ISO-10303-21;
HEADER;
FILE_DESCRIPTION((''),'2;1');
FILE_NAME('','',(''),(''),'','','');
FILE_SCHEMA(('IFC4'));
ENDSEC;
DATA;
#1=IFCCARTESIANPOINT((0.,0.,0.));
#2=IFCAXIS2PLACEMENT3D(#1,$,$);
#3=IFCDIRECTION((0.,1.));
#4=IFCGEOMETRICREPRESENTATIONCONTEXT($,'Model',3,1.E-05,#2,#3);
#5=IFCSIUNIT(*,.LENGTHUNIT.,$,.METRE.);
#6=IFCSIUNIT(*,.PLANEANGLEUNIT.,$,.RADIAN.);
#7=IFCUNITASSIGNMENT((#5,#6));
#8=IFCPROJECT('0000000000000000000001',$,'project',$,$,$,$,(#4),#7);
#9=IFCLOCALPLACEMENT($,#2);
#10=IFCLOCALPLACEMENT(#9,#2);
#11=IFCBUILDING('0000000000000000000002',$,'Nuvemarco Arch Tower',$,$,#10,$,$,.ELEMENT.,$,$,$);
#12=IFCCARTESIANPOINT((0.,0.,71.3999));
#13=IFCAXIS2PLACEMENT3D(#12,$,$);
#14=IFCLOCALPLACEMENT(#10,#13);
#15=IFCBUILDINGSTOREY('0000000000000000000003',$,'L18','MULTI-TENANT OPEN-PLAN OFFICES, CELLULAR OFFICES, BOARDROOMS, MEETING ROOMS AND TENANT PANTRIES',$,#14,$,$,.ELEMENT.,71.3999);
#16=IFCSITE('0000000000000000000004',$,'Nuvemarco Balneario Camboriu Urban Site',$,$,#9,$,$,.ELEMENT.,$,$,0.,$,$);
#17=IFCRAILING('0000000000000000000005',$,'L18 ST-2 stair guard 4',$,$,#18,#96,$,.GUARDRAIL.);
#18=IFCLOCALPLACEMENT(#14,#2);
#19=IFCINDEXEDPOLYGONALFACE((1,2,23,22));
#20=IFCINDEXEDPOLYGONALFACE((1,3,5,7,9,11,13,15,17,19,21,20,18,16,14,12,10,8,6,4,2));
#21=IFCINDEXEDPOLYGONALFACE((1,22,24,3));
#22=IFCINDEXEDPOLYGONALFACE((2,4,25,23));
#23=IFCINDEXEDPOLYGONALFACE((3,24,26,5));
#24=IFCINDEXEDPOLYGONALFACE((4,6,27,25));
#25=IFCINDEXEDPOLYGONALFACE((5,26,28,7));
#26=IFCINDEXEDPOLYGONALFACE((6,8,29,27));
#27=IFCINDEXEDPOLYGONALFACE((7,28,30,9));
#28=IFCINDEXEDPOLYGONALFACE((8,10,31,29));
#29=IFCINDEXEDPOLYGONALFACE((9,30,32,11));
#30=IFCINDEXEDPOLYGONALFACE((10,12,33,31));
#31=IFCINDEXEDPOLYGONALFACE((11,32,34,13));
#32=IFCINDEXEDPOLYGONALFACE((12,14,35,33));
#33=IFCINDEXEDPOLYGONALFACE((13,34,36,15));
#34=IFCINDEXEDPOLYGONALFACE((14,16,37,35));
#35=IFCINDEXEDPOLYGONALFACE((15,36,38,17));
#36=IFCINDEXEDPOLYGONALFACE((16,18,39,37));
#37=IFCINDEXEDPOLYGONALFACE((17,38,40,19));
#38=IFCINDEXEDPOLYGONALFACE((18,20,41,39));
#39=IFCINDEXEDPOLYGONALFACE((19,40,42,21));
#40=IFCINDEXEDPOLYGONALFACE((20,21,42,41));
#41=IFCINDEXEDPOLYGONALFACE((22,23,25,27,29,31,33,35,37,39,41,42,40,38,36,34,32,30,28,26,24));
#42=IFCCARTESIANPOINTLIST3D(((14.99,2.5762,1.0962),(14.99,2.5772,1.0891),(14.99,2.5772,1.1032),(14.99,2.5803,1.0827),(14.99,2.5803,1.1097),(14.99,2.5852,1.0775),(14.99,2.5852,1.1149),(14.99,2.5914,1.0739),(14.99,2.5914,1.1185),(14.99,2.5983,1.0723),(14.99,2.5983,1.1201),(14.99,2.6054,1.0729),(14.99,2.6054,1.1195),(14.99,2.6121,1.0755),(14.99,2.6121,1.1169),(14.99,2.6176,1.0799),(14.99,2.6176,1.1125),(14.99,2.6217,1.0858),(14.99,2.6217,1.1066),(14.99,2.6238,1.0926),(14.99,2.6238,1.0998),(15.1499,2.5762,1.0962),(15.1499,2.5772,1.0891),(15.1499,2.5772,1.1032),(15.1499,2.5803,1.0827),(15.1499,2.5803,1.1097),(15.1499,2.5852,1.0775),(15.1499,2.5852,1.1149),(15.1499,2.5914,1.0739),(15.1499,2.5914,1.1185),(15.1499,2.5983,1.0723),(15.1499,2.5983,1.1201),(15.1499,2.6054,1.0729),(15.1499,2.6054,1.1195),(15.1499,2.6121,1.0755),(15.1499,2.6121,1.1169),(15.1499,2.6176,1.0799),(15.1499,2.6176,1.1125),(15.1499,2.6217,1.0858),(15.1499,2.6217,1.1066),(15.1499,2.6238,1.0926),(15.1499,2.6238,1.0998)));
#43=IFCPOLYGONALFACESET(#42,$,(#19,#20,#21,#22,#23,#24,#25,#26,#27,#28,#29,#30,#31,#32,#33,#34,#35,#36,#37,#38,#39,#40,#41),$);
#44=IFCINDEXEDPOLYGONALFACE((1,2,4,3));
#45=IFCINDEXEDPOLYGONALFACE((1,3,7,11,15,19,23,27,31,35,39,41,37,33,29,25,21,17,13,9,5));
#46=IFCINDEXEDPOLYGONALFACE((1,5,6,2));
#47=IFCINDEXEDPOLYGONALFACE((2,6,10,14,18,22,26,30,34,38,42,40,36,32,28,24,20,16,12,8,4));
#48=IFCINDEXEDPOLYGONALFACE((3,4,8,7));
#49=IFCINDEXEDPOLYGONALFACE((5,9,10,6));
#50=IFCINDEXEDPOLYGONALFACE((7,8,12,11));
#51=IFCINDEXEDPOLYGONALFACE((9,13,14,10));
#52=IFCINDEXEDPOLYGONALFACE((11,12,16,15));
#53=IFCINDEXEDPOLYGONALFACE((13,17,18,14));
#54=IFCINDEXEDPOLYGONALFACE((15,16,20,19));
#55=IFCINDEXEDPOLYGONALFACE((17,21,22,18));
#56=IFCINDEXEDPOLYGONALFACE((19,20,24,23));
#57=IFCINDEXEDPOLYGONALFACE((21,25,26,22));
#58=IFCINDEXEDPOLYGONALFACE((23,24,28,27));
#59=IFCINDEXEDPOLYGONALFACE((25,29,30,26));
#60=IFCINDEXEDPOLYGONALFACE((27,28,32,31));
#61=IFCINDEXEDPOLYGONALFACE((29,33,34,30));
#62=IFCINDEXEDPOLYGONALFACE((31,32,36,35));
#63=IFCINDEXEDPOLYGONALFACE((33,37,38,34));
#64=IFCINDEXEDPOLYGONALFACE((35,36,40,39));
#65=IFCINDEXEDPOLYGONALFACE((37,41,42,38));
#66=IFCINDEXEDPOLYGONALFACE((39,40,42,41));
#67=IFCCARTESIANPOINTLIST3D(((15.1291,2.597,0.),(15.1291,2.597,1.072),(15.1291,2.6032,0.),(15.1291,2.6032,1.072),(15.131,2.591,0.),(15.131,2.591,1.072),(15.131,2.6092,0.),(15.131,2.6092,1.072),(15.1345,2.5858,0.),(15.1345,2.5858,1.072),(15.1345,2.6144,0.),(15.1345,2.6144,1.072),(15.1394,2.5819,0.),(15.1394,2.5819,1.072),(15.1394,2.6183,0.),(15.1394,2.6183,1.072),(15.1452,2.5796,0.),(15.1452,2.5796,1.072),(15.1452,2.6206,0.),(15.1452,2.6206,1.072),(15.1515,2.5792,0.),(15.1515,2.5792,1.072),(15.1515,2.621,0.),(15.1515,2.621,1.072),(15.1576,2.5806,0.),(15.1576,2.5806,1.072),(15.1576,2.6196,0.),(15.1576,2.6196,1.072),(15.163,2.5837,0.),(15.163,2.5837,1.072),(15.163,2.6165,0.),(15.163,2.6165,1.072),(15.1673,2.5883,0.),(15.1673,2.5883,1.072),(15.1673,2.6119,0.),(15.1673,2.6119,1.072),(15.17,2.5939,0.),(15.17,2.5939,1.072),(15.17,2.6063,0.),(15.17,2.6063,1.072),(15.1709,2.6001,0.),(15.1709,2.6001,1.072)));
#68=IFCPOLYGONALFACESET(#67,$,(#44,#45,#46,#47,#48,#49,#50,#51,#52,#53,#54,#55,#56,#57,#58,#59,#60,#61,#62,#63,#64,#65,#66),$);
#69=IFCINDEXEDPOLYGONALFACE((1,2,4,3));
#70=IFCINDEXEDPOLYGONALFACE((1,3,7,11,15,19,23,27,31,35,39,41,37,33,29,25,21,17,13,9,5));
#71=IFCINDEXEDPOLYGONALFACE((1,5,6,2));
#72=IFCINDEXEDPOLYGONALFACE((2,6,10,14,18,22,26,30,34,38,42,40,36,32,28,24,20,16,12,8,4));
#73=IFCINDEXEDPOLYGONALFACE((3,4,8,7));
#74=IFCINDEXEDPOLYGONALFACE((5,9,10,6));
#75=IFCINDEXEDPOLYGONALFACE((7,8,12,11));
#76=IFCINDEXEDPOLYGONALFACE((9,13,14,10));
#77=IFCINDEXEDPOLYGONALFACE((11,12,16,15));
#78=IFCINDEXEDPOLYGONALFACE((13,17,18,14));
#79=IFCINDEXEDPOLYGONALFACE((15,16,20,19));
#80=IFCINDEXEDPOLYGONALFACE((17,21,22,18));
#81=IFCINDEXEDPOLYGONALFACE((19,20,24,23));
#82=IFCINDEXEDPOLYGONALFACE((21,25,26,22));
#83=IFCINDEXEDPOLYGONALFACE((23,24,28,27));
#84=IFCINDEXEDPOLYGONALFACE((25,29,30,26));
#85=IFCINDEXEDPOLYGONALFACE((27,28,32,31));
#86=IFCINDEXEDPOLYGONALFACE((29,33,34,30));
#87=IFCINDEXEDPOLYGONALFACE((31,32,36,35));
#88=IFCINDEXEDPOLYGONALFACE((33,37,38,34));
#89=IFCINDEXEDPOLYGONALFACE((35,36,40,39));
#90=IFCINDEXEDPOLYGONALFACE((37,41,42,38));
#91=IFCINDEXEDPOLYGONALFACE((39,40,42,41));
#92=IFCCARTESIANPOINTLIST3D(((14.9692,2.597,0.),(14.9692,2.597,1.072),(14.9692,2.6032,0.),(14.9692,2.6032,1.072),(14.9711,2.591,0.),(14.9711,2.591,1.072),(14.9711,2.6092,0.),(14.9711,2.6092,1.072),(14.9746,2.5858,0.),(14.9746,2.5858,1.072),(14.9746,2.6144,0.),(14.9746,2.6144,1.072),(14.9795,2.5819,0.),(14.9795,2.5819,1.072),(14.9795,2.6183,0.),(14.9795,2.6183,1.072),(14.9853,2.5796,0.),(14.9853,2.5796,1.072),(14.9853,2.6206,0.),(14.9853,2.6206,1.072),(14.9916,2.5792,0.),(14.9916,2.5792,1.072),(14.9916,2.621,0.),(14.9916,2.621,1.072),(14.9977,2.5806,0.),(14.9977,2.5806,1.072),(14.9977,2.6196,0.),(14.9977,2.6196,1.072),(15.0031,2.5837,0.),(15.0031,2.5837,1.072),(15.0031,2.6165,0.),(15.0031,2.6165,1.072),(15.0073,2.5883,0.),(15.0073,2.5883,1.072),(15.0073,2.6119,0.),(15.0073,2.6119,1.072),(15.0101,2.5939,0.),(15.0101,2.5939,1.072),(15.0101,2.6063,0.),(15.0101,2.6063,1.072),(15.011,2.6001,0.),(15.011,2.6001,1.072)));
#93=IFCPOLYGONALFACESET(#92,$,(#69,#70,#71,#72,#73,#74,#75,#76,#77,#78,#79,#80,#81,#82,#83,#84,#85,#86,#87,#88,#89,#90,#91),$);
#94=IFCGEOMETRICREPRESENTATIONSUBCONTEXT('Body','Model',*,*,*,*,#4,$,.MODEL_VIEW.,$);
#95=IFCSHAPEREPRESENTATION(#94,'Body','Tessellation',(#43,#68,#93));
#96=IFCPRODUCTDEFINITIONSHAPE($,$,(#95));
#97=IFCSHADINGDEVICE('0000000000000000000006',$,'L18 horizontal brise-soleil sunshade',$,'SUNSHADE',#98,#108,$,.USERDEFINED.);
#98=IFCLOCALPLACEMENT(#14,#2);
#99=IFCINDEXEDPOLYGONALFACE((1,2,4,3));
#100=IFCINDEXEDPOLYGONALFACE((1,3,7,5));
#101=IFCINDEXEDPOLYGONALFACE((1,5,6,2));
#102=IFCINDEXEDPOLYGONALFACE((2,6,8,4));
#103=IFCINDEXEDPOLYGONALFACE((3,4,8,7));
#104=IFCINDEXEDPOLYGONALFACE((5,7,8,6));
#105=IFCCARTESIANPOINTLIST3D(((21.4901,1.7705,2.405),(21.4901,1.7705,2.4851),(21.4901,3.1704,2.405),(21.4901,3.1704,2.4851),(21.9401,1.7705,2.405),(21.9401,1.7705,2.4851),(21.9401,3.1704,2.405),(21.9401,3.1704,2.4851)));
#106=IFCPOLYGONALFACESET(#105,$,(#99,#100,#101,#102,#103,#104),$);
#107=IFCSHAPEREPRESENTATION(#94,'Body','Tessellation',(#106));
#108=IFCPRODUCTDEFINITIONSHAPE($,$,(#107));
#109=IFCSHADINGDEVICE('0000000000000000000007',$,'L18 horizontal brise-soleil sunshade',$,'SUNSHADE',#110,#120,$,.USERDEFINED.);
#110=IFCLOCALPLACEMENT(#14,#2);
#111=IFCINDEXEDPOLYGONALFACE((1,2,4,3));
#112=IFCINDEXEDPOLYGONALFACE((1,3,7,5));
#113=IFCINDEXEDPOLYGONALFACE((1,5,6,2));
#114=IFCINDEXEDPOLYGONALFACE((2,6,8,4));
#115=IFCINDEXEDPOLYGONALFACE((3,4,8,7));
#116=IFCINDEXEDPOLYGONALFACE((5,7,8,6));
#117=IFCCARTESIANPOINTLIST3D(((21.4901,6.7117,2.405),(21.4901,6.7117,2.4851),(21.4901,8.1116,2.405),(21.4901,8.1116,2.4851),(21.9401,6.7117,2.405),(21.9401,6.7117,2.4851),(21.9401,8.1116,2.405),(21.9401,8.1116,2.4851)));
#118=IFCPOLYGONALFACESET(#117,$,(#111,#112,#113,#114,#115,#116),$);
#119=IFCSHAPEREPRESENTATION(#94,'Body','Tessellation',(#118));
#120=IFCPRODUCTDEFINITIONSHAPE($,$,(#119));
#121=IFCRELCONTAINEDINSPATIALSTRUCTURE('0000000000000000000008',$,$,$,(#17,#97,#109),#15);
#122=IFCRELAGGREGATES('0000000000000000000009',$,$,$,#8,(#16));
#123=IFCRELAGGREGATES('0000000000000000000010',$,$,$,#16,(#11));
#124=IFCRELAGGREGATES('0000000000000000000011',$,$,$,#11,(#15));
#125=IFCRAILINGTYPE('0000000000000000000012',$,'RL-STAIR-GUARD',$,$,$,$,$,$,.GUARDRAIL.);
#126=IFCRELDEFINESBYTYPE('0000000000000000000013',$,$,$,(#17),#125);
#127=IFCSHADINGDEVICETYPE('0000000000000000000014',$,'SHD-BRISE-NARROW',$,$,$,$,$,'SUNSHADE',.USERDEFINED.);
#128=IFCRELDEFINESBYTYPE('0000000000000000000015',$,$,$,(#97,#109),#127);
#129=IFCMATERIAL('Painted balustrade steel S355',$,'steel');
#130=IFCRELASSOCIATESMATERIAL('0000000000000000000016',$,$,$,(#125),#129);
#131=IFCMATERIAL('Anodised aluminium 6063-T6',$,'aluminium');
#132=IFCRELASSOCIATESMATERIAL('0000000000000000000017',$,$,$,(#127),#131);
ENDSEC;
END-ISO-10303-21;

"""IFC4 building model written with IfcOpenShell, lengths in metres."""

from ifc_helpers import new_model, si_unit, direction, frame, origin, origin_2d, place, context, subcontext, project, spatial, rectangle, circle, extrude, source, transform, mapped, material, type_object, type_shapes, element, save


model = new_model("IFC4")

# Units and contexts
model_context = context("Model", 3, precision=1e-05, world=origin(), true_north=direction((0.0, 1.0)))
body_context = subcontext(model_context, "Body", "Model", "MODEL_VIEW")
ifc_project = project(units=[si_unit("LENGTHUNIT", "METRE"), si_unit("PLANEANGLEUNIT", "RADIAN")], contexts=[model_context])

# Site, building, storey
site_placement = place(None, origin())
site = spatial("IfcSite", under=ifc_project, at=site_placement, Name="Nuvemarco Balneario Camboriu Urban Site", CompositionType="ELEMENT", RefElevation=0.0)
building_placement = place(site_placement, origin())
building = spatial("IfcBuilding", under=site, at=building_placement, Name="Nuvemarco Arch Tower", CompositionType="ELEMENT")
storey_placement = place(building_placement, frame((0.0, 0.0, 71.3999)))
storey = spatial("IfcBuildingStorey", under=building, at=storey_placement, Name="L18", Description="MULTI-TENANT OPEN-PLAN OFFICES, CELLULAR OFFICES, BOARDROOMS, MEETING ROOMS AND TENANT PANTRIES", CompositionType="ELEMENT", Elevation=71.3999)

# Railing
ifc_material_1 = material(Name="Painted balustrade steel S355", Category="steel")
railing_type_1 = type_object("IfcRailingType", Name="RL-STAIR-GUARD", PredefinedType="GUARDRAIL", material=ifc_material_1)
railing_1_placement = place(storey_placement, frame((15.1499, 2.6001, 0.0)))
element("IfcRailing", 1, at=railing_1_placement, inside=storey, type_object=railing_type_1, Name="L18 ST-2 stair guard 4", PredefinedType="GUARDRAIL", context=body_context, shape_type="SweptSolid", body=[
    extrude(circle(Radius=0.0239, at=origin_2d()), frame((0.0, 0.0, 1.0962), z_axis=(-1.0, 0.0, 0.0), x_axis=(0.0, -1.0, 0.0)), (0.0, 0.0, 1.0), 0.1599),
    extrude(circle(Radius=0.021, at=origin_2d()), origin(), (0.0, 0.0, 1.0), 1.072),
    extrude(circle(Radius=0.021, at=origin_2d()), frame((-0.1599, 0.0, 0.0)), (0.0, 0.0, 1.0), 1.072),
])

# Shading devices
ifc_material_2 = material(Name="Anodised aluminium 6063-T6", Category="aluminium")
shading_device_type = type_object("IfcShadingDeviceType", Name="SHD-BRISE-NARROW", ElementType="SUNSHADE", PredefinedType="USERDEFINED", material=ifc_material_2)
shared_shape_1 = source(origin(), body_context, "Body", "SweptSolid", [
    extrude(rectangle(XDim=1.3999, YDim=0.45, at=origin_2d()), origin(), (0.0, 0.0, 1.0), 0.0801),
])
type_shapes(shading_device_type, [shared_shape_1])
for number, where, z_axis, x_axis, name in (
    (2, (21.7151, 2.4705, 2.405), (0.0, 0.0, 1.0), (0.0, 1.0, 0.0), "L18 horizontal brise-soleil sunshade"),
    (3, (21.7151, 7.4116, 2.405), (0.0, 0.0, 1.0), (0.0, 1.0, 0.0), "L18 horizontal brise-soleil sunshade"),
):
    element("IfcShadingDevice", number, at=place(storey_placement, frame(where, z_axis=z_axis, x_axis=x_axis)), inside=storey, type_object=shading_device_type, Name=name, ObjectType="SUNSHADE", PredefinedType="USERDEFINED", context=body_context, shape_type="MappedRepresentation", body=[
        mapped(shared_shape_1, transform((0.0, 0.0, 0.0), scale=1.0)),
    ])

save(model, "model.ifc")
